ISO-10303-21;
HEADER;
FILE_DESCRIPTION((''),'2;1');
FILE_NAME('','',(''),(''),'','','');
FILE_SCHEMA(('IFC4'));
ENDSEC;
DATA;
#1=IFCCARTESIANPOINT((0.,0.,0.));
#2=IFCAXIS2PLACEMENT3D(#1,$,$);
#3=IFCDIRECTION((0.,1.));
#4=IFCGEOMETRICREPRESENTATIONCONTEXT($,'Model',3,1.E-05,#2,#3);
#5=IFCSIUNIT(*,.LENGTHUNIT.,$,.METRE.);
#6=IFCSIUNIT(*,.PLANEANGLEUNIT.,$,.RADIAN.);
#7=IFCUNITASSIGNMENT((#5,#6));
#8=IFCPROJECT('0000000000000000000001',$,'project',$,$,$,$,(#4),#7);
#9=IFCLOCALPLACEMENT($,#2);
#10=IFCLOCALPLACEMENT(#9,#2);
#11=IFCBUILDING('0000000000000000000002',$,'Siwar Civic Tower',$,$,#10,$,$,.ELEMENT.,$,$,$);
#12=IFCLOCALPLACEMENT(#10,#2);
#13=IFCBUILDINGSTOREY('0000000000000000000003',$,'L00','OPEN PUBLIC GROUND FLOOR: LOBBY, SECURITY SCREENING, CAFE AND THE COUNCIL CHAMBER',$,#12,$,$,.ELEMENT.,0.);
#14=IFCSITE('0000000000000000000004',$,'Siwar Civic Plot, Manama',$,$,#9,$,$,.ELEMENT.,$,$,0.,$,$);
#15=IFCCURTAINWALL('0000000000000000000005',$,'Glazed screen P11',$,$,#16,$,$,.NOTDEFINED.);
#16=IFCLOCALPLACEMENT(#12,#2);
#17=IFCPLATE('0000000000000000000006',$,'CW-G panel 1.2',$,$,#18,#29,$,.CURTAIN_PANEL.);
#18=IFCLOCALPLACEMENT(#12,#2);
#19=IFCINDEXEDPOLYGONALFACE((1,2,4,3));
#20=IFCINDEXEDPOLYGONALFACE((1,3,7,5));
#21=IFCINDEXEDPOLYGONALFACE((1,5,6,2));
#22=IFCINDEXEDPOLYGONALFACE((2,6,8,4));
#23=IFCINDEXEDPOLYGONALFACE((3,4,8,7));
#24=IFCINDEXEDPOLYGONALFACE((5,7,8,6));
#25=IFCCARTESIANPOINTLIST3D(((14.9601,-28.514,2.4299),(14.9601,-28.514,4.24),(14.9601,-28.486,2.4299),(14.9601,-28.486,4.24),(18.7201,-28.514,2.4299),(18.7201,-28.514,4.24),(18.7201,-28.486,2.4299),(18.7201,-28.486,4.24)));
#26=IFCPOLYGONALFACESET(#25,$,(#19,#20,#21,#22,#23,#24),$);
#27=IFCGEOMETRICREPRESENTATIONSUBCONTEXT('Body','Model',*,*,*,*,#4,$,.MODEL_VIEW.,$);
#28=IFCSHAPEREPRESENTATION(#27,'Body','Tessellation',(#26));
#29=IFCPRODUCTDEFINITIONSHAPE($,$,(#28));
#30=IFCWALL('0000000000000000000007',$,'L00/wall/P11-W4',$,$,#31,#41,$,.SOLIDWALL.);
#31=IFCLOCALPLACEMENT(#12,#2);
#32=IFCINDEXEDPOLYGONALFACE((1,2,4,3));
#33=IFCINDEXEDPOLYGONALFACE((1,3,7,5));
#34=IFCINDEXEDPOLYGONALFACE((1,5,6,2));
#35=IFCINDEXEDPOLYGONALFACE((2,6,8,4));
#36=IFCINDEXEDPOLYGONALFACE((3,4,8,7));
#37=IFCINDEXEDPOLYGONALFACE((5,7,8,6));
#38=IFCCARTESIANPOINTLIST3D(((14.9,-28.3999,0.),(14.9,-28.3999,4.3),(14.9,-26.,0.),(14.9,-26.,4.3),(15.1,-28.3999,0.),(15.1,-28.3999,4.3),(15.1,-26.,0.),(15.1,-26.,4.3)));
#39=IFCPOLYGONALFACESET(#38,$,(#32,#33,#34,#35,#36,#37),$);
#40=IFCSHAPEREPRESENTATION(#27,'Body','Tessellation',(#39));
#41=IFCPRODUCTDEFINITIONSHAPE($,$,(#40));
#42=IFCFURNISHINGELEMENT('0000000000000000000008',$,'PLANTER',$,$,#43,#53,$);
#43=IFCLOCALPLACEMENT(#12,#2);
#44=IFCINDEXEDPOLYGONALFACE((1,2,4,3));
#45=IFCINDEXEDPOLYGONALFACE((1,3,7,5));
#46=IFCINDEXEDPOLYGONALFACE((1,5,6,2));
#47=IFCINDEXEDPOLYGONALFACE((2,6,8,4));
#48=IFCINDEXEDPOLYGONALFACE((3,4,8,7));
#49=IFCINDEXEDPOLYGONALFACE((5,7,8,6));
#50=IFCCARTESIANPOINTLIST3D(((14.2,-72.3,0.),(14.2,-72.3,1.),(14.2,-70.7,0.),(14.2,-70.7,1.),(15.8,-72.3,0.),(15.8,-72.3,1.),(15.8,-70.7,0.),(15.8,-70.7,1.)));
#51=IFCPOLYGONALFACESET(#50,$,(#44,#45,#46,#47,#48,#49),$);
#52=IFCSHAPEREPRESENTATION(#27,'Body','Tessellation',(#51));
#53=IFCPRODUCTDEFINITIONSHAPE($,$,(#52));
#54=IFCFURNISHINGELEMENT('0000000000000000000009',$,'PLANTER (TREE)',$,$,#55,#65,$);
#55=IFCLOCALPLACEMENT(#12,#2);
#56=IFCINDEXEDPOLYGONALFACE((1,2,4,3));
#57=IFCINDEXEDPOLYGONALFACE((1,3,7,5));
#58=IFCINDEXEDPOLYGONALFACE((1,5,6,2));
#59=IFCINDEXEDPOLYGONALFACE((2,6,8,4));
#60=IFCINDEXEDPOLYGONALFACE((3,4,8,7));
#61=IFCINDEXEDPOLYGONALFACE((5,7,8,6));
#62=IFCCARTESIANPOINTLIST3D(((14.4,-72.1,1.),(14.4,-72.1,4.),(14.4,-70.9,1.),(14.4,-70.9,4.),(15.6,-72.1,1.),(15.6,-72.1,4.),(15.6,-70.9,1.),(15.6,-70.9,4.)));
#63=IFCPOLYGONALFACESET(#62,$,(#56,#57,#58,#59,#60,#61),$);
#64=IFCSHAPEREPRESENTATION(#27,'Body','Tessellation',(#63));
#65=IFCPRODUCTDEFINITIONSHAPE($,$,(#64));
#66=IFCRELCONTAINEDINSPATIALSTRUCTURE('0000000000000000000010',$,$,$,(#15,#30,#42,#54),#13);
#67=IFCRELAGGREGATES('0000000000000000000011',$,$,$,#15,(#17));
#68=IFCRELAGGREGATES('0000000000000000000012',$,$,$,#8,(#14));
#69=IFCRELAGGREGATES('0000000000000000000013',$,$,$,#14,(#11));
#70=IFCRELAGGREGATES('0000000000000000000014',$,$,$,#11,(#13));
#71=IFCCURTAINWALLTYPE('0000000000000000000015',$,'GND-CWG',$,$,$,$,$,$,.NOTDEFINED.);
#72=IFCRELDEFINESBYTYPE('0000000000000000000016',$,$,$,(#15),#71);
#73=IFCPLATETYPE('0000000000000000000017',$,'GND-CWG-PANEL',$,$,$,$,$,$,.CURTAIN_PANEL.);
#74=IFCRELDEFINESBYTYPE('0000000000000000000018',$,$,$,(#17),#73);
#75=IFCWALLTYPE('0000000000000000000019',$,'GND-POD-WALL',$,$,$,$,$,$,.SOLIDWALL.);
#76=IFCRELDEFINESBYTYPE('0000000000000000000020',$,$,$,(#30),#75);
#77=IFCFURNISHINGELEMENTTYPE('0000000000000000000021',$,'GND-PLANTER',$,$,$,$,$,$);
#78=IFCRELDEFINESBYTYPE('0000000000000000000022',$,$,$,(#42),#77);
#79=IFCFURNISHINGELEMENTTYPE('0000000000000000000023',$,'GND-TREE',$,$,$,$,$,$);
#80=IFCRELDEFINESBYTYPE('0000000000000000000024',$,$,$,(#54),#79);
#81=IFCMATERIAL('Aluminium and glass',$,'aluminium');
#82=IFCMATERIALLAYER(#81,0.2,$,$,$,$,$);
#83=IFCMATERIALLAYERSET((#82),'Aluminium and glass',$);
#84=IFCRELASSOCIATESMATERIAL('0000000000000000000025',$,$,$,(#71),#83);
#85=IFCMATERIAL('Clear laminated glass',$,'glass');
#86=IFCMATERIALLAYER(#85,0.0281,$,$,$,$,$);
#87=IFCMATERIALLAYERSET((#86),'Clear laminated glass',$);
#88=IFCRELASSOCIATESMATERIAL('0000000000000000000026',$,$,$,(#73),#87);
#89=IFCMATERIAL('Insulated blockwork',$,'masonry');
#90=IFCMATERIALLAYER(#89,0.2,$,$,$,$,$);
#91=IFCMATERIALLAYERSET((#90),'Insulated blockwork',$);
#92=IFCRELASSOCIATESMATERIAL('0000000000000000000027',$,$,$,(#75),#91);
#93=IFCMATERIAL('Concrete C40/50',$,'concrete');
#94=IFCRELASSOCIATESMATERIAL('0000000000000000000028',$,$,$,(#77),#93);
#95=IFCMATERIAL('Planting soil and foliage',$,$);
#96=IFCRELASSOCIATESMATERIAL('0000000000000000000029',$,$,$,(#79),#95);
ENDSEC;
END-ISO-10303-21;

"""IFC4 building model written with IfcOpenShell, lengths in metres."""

from ifc_helpers import new_model, si_unit, direction, frame, frame_2d, origin, origin_2d, place, context, subcontext, project, spatial, rectangle, extrude, material, layer, layer_set, type_object, element, aggregate, save


model = new_model("IFC4")

# Units and contexts
model_context = context("Model", 3, precision=1e-05, world=origin(), true_north=direction((0.0, 1.0)))
body_context = subcontext(model_context, "Body", "Model", "MODEL_VIEW")
ifc_project = project(units=[si_unit("LENGTHUNIT", "METRE"), si_unit("PLANEANGLEUNIT", "RADIAN")], contexts=[model_context])

# Site, building, storey
site_placement = place(None, origin())
site = spatial("IfcSite", under=ifc_project, at=site_placement, Name="Siwar Civic Plot, Manama", CompositionType="ELEMENT", RefElevation=0.0)
building_placement = place(site_placement, origin())
building = spatial("IfcBuilding", under=site, at=building_placement, Name="Siwar Civic Tower", CompositionType="ELEMENT")
storey_placement = place(building_placement, origin())
storey = spatial("IfcBuildingStorey", under=building, at=storey_placement, Name="L00", Description="OPEN PUBLIC GROUND FLOOR: LOBBY, SECURITY SCREENING, CAFE AND THE COUNCIL CHAMBER", CompositionType="ELEMENT", Elevation=0.0)

# Shared definitions
ifc_material_1 = material(Name="Aluminium and glass", Category="aluminium")
ifc_layer_1 = layer(ifc_material_1, 0.2)
ifc_layer_set_1 = layer_set([ifc_layer_1], Name="Aluminium and glass")
curtain_wall_type = type_object("IfcCurtainWallType", Name="GND-CWG", PredefinedType="NOTDEFINED", material=ifc_layer_set_1)

# Curtain wall
curtain_wall_1_placement = place(storey_placement, origin())
curtain_wall_1 = element("IfcCurtainWall", 1, at=curtain_wall_1_placement, inside=storey, type_object=curtain_wall_type, Name="Glazed screen P11", PredefinedType="NOTDEFINED")

# Plate
ifc_material_2 = material(Name="Clear laminated glass", Category="glass")
ifc_layer_2 = layer(ifc_material_2, 0.0281)
ifc_layer_set_2 = layer_set([ifc_layer_2], Name="Clear laminated glass")
plate_type = type_object("IfcPlateType", Name="GND-CWG-PANEL", PredefinedType="CURTAIN_PANEL", material=ifc_layer_set_2)
plate_1_placement = place(storey_placement, frame((16.8401, -28.5, 2.4299), z_axis=(0.0, 0.0, 1.0), x_axis=(1.0, 0.0, 0.0)))
plate_1 = element("IfcPlate", 2, at=plate_1_placement, type_object=plate_type, Name="CW-G panel 1.2", PredefinedType="CURTAIN_PANEL", context=body_context, shape_type="SweptSolid", body=[
    extrude(rectangle(XDim=3.76, YDim=0.0281, at=origin_2d()), origin(), (0.0, 0.0, 1.0), 1.8101),
])
aggregate(curtain_wall_1, [plate_1])

# Wall
ifc_material_3 = material(Name="Insulated blockwork", Category="masonry")
ifc_layer_3 = layer(ifc_material_3, 0.2)
ifc_layer_set_3 = layer_set([ifc_layer_3], Name="Insulated blockwork")
wall_type = type_object("IfcWallType", Name="GND-POD-WALL", PredefinedType="SOLIDWALL", material=ifc_layer_set_3)
wall_placement = place(storey_placement, frame((15.0, -28.3999, 0.0), z_axis=(0.0, 0.0, 1.0), x_axis=(0.0, 1.0, 0.0)))
element("IfcWall", 3, at=wall_placement, inside=storey, type_object=wall_type, Name="L00/wall/P11-W4", PredefinedType="SOLIDWALL", context=body_context, shape_type="SweptSolid", body=[
    extrude(rectangle(XDim=2.3999, YDim=0.2, at=frame_2d((1.2, 0.0))), origin(), (0.0, 0.0, 1.0), 4.3),
])

# Furnishing elements
ifc_material_4 = material(Name="Concrete C40/50", Category="concrete")
furnishing_element_type_1 = type_object("IfcFurnishingElementType", Name="GND-PLANTER", material=ifc_material_4)
furnishing_1_placement = place(storey_placement, frame((15.0, -71.5, 0.0), z_axis=(0.0, 0.0, 1.0), x_axis=(1.0, 0.0, 0.0)))
element("IfcFurnishingElement", 4, at=furnishing_1_placement, inside=storey, type_object=furnishing_element_type_1, Name="PLANTER", context=body_context, shape_type="SweptSolid", body=[
    extrude(rectangle(XDim=1.6001, YDim=1.6001, at=origin_2d()), origin(), (0.0, 0.0, 1.0), 1.0),
])
ifc_material_5 = material(Name="Planting soil and foliage")
furnishing_element_type_2 = type_object("IfcFurnishingElementType", Name="GND-TREE", material=ifc_material_5)
furnishing_2_placement = place(storey_placement, frame((15.0, -71.5, 1.0), z_axis=(0.0, 0.0, 1.0), x_axis=(1.0, 0.0, 0.0)))
element("IfcFurnishingElement", 5, at=furnishing_2_placement, inside=storey, type_object=furnishing_element_type_2, Name="PLANTER (TREE)", context=body_context, shape_type="SweptSolid", body=[
    extrude(rectangle(XDim=1.2, YDim=1.2, at=origin_2d()), origin(), (0.0, 0.0, 1.0), 3.0),
])

save(model, "model.ifc")
